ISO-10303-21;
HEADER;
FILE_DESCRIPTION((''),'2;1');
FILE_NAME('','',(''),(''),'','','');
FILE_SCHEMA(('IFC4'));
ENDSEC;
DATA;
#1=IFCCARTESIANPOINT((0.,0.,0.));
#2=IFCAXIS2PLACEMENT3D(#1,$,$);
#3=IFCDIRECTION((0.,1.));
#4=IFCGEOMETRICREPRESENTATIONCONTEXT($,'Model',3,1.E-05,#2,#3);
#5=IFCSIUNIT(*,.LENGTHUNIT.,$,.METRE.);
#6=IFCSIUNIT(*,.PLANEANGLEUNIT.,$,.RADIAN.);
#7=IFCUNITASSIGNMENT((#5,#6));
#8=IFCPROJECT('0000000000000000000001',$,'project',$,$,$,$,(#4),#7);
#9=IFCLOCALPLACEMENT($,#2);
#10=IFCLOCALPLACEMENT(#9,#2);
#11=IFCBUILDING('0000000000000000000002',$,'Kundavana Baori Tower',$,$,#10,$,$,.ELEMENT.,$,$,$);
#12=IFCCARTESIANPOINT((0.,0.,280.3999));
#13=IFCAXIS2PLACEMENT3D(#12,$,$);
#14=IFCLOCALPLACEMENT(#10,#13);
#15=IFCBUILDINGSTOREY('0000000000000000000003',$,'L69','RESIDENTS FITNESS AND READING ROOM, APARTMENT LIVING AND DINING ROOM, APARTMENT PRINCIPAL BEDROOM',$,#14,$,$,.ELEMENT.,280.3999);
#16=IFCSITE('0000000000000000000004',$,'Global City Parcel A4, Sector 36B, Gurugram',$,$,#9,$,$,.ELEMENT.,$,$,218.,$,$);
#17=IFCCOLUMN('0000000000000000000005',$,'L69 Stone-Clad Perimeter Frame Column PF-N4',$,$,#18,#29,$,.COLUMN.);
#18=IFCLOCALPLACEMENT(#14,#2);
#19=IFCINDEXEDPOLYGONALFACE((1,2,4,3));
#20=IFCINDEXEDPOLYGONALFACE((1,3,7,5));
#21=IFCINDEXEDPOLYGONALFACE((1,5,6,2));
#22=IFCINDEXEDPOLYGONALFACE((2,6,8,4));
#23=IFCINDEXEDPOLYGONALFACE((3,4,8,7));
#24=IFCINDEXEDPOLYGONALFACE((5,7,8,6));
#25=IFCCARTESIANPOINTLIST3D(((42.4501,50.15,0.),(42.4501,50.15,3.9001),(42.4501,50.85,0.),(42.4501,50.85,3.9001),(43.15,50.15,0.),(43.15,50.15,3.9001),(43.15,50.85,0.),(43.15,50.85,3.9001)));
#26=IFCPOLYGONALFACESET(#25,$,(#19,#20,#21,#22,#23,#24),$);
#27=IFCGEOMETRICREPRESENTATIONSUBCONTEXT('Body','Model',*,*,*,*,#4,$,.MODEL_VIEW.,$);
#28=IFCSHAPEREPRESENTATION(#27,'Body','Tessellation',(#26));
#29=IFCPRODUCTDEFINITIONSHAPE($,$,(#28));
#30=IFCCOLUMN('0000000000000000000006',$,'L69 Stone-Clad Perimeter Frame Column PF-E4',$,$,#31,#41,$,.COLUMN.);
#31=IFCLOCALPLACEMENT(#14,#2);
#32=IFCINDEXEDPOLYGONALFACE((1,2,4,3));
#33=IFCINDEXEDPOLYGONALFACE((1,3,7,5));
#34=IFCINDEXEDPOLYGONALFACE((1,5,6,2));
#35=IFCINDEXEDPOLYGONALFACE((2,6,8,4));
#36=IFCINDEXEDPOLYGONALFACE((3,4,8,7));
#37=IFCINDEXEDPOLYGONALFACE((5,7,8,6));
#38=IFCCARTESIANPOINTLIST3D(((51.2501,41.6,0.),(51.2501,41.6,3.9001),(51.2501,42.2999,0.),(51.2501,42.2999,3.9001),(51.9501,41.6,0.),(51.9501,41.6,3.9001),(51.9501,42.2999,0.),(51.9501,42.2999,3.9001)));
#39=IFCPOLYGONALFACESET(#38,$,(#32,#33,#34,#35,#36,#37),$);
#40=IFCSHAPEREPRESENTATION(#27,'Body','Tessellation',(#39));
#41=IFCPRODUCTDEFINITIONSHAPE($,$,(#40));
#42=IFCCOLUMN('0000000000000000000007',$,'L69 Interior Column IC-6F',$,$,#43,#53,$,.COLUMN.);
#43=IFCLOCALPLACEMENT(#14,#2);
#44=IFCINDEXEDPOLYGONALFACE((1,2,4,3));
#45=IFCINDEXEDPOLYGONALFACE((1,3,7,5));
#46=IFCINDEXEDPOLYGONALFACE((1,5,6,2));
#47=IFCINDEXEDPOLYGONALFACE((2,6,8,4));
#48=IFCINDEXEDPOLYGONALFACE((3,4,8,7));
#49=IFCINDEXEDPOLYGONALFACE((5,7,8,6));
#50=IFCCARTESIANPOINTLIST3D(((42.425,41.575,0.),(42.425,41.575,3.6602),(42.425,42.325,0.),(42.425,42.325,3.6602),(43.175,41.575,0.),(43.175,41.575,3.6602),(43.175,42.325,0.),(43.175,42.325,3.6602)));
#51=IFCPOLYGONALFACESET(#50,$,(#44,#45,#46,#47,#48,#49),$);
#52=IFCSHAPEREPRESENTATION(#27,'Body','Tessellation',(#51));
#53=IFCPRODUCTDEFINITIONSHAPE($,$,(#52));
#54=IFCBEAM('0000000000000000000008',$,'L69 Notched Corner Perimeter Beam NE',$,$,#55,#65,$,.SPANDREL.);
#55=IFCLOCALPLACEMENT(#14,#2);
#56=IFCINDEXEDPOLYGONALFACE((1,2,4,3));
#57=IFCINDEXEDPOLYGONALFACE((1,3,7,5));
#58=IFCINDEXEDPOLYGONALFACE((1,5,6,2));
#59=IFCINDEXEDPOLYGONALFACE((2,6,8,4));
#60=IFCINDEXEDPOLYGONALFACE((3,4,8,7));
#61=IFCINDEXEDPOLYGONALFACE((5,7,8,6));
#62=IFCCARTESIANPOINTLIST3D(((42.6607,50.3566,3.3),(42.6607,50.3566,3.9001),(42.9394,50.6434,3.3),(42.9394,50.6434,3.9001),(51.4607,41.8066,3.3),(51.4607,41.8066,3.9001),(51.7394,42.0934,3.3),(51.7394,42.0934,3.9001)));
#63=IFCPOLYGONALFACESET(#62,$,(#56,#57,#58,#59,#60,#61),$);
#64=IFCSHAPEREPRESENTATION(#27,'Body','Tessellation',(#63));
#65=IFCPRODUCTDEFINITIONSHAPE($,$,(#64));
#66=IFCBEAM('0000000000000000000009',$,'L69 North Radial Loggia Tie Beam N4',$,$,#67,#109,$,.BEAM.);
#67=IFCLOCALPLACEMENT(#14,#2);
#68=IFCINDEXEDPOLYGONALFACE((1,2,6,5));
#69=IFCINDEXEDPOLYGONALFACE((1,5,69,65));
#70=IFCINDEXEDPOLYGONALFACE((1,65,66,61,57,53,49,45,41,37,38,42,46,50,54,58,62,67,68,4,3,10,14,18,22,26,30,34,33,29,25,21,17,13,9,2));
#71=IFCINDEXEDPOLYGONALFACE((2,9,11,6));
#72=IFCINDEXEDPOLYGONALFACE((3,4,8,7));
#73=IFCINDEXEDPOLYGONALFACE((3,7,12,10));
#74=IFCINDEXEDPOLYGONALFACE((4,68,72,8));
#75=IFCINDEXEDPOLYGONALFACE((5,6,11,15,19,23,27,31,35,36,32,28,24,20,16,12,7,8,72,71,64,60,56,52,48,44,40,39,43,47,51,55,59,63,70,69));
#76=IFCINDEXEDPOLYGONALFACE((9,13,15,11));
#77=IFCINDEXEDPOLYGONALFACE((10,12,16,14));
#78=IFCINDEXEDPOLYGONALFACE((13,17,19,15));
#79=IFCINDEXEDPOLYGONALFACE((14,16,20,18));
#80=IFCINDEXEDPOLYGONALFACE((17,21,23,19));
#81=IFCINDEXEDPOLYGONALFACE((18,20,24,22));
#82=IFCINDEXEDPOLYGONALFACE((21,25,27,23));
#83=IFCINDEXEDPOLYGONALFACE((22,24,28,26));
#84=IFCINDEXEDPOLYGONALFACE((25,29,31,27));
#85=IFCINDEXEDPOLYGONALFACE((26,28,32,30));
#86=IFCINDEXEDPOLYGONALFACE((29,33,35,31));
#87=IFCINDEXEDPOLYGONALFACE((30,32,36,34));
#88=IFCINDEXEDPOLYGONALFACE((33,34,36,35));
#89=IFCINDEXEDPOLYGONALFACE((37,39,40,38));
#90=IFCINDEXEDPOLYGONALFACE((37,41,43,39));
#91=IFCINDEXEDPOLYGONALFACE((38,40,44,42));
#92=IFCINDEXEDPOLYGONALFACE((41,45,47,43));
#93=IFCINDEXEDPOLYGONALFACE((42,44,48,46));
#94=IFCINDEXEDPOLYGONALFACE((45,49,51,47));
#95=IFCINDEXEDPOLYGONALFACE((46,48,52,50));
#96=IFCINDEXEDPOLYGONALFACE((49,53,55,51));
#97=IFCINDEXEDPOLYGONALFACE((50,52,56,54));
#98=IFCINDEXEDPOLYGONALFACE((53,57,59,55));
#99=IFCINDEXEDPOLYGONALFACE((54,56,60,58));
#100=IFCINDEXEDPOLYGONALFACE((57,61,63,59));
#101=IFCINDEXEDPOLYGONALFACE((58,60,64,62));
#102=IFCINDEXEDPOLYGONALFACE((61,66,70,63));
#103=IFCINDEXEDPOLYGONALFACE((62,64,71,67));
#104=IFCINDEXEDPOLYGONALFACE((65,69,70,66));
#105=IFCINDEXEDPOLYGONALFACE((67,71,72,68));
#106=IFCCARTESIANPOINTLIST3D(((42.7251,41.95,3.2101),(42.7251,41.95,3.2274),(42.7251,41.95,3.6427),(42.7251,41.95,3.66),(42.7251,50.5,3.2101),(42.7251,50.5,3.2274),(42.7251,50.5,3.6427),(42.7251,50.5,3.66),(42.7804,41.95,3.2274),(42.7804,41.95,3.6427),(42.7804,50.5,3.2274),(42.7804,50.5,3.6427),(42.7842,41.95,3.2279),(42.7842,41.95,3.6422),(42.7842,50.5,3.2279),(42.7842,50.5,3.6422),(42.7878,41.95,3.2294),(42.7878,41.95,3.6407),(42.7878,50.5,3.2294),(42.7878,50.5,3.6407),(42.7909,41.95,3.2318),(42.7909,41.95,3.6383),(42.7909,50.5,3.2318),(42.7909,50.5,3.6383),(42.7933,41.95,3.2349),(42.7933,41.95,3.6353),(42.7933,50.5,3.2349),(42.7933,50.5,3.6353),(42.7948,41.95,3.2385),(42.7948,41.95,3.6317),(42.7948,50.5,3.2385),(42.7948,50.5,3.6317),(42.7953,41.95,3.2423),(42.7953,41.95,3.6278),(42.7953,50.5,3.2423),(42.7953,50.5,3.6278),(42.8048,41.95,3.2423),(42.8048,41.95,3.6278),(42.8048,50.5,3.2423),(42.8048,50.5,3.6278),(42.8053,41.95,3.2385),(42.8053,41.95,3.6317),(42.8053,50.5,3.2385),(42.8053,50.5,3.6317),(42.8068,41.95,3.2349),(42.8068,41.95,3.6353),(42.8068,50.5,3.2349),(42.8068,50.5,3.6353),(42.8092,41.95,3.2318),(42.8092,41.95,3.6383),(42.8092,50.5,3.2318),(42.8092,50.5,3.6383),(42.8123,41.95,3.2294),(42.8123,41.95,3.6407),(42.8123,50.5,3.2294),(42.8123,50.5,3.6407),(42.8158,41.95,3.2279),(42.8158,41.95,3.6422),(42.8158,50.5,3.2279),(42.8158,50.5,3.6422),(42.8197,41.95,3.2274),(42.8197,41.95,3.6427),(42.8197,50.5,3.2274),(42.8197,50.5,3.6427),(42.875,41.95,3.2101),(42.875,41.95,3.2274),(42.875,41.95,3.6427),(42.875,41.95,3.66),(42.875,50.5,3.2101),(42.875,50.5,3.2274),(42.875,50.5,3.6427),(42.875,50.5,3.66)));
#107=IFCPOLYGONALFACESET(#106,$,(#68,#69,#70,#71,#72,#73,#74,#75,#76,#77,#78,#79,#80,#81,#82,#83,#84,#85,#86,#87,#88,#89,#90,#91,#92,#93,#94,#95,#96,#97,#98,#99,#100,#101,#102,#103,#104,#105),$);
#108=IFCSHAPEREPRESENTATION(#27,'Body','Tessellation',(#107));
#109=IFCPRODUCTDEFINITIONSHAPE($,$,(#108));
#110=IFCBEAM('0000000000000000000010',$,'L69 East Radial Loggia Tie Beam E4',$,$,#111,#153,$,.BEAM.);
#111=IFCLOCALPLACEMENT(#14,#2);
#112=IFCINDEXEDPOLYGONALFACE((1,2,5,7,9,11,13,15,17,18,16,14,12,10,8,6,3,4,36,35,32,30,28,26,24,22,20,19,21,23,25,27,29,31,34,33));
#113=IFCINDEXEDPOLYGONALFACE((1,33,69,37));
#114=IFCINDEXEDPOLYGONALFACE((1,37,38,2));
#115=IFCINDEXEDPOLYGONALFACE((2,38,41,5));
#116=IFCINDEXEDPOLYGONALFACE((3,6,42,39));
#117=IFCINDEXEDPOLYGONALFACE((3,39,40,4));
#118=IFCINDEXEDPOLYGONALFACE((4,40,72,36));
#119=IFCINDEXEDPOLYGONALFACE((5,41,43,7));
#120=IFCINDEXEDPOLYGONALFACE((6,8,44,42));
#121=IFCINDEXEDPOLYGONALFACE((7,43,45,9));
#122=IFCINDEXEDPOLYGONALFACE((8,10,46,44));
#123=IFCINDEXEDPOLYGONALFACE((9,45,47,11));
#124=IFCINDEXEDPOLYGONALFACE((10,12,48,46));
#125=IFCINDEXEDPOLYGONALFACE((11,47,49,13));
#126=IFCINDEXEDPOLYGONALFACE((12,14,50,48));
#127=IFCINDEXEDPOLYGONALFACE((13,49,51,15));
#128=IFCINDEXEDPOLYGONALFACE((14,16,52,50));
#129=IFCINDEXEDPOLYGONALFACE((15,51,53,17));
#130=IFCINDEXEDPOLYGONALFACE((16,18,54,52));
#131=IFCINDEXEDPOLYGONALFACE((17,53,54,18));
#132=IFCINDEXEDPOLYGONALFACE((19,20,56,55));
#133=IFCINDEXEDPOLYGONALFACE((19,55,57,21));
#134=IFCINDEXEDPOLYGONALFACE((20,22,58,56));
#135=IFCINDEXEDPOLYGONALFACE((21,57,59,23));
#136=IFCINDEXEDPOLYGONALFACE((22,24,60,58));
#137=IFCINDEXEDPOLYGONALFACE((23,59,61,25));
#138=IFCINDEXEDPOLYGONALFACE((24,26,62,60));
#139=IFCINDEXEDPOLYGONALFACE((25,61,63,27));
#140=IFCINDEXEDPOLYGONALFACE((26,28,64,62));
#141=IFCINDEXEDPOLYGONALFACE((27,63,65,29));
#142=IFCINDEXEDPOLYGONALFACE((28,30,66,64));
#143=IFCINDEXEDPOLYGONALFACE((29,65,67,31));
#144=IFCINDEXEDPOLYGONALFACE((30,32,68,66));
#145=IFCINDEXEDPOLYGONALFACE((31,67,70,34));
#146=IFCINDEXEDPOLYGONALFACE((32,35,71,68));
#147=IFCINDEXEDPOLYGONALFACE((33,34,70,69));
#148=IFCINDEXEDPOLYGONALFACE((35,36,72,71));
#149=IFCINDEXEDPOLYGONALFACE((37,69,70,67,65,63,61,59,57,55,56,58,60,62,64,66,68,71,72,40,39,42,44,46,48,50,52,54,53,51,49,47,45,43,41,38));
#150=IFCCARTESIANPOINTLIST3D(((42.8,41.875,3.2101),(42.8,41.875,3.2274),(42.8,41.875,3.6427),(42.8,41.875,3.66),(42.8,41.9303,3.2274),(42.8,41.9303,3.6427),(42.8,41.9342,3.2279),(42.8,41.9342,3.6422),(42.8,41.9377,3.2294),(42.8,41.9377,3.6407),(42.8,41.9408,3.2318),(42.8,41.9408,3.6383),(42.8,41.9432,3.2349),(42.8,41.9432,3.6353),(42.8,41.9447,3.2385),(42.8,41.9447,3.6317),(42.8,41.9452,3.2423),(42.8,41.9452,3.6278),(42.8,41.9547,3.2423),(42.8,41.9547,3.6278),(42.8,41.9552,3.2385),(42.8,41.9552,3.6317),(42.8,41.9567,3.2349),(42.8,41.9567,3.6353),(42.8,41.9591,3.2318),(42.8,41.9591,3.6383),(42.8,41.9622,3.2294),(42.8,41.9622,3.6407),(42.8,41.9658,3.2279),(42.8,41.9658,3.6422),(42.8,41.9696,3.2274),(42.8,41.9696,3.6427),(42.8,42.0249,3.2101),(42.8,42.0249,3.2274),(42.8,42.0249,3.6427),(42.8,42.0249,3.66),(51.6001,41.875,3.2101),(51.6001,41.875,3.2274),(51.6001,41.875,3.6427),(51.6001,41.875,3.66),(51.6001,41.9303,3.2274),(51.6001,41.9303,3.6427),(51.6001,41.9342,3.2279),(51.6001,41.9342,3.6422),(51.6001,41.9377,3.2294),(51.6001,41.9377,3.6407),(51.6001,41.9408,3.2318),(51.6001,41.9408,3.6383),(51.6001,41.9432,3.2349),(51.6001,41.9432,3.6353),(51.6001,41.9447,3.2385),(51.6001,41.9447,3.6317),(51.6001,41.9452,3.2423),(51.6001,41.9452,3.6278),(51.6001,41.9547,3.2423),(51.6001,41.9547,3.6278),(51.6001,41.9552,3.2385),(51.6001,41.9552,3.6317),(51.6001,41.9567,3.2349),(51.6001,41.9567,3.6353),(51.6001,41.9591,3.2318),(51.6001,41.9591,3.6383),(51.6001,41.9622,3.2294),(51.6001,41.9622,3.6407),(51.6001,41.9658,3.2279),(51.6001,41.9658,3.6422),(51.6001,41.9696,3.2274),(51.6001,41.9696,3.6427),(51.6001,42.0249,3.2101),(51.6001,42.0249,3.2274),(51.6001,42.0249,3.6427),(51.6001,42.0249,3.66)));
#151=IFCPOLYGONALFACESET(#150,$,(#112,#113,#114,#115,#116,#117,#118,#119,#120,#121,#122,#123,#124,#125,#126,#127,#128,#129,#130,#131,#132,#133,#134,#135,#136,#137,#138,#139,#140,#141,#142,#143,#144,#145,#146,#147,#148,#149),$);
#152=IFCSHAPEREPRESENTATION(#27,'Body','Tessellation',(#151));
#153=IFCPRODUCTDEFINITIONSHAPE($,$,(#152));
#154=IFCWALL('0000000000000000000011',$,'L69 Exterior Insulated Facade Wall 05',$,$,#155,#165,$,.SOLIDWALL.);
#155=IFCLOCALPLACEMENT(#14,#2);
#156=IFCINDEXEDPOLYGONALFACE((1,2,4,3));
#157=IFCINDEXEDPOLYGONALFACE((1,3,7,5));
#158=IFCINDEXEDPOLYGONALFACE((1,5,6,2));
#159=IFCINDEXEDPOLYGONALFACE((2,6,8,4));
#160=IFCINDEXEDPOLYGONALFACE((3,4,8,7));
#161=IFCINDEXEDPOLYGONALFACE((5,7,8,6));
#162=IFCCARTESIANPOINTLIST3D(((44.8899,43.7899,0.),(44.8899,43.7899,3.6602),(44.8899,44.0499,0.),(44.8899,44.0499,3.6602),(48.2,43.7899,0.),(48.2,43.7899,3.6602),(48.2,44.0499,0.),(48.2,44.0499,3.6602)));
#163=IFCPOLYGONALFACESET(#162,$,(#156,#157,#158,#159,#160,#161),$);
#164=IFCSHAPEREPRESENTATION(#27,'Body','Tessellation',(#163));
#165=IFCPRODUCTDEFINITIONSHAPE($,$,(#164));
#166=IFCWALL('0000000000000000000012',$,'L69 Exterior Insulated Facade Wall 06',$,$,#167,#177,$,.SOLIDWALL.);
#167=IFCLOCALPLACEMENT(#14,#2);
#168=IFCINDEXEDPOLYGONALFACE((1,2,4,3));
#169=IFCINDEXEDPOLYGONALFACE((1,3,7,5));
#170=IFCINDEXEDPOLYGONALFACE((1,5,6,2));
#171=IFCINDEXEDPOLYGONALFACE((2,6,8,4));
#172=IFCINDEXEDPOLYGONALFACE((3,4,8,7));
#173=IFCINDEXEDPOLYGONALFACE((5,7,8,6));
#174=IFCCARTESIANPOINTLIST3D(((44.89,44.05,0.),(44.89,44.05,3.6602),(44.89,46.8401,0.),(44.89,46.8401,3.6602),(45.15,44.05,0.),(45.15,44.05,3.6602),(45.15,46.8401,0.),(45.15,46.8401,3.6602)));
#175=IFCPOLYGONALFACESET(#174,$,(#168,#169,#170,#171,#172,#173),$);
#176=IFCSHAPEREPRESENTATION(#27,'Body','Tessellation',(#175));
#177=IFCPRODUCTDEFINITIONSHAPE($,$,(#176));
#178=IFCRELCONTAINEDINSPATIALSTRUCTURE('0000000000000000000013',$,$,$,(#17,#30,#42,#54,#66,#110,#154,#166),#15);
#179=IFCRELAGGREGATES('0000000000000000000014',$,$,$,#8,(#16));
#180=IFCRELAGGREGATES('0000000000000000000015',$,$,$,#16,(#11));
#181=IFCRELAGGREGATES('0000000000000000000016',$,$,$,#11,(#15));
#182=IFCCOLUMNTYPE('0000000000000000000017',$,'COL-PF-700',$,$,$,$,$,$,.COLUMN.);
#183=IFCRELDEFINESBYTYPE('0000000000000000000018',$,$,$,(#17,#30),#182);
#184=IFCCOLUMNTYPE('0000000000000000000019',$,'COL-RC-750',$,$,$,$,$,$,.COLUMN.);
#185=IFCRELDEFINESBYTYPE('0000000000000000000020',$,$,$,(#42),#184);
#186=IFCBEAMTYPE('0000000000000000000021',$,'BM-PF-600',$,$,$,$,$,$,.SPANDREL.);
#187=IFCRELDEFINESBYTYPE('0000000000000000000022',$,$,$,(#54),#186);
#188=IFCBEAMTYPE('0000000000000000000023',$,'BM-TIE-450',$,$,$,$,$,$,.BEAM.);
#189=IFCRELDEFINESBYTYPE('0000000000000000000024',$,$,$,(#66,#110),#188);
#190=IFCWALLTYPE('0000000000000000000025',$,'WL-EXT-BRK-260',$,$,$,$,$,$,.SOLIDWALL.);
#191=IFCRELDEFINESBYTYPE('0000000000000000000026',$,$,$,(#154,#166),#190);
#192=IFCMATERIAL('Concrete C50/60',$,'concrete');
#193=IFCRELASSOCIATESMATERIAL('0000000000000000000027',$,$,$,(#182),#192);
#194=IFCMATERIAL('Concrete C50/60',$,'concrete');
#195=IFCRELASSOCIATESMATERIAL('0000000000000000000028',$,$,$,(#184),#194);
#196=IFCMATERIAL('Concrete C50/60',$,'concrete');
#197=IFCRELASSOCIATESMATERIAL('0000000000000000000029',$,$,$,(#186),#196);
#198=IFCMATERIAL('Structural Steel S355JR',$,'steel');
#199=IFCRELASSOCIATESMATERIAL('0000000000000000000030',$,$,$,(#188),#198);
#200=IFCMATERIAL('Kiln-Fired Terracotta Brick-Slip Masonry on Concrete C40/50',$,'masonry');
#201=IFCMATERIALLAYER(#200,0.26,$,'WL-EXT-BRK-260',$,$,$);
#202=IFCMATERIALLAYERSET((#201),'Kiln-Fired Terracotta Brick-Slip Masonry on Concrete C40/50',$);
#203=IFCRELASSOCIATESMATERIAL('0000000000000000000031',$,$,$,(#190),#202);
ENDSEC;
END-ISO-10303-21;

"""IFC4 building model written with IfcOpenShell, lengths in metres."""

from ifc_helpers import new_model, si_unit, direction, frame, frame_2d, origin, origin_2d, place, context, subcontext, project, spatial, rectangle, i_section, extrude, material, layer, layer_set, material_profile, profile_set, type_object, element, save


model = new_model("IFC4")

# Units and contexts
model_context = context("Model", 3, precision=1e-05, world=origin(), true_north=direction((0.0, 1.0)))
body_context = subcontext(model_context, "Body", "Model", "MODEL_VIEW")
ifc_project = project(units=[si_unit("LENGTHUNIT", "METRE"), si_unit("PLANEANGLEUNIT", "RADIAN")], contexts=[model_context])

# Site, building, storey
site_placement = place(None, origin())
site = spatial("IfcSite", under=ifc_project, at=site_placement, Name="Global City Parcel A4, Sector 36B, Gurugram", CompositionType="ELEMENT", RefElevation=218.0)
building_placement = place(site_placement, origin())
building = spatial("IfcBuilding", under=site, at=building_placement, Name="Kundavana Baori Tower", CompositionType="ELEMENT")
storey_placement = place(building_placement, frame((0.0, 0.0, 280.3999)))
storey = spatial("IfcBuildingStorey", under=building, at=storey_placement, Name="L69", Description="RESIDENTS FITNESS AND READING ROOM, APARTMENT LIVING AND DINING ROOM, APARTMENT PRINCIPAL BEDROOM", CompositionType="ELEMENT", Elevation=280.3999)

# Columns
ifc_material_1 = material(Name="Concrete C50/60", Category="concrete")
ifc_material_profile_1 = material_profile(ifc_material_1, rectangle(XDim=0.7, YDim=0.7, at=origin_2d()), Name="RC PF 700x700")
ifc_profile_set_1 = profile_set([ifc_material_profile_1], Name="Concrete C50/60")
column_type_1 = type_object("IfcColumnType", Name="COL-PF-700", PredefinedType="COLUMN", material=ifc_profile_set_1)
for number, where, z_axis, x_axis, name in (
    (1, (42.8, 50.5, 0.0), (0.0, 0.0, 1.0), (1.0, 0.0, 0.0), "L69 Stone-Clad Perimeter Frame Column PF-N4"),
    (2, (51.6001, 41.95, 0.0), (0.0, 0.0, 1.0), (1.0, 0.0, 0.0), "L69 Stone-Clad Perimeter Frame Column PF-E4"),
):
    element("IfcColumn", number, at=place(storey_placement, frame(where, z_axis=z_axis, x_axis=x_axis)), inside=storey, type_object=column_type_1, Name=name, PredefinedType="COLUMN", context=body_context, shape_type="SweptSolid", body=[
        extrude(rectangle(XDim=0.7, YDim=0.7, at=origin_2d()), origin(), (0.0, 0.0, 1.0), 3.9001),
    ])
ifc_material_2 = material(Name="Concrete C50/60", Category="concrete")
ifc_material_profile_2 = material_profile(ifc_material_2, rectangle(XDim=0.75, YDim=0.75, at=origin_2d()), Name="RC 750x750")
ifc_profile_set_2 = profile_set([ifc_material_profile_2], Name="Concrete C50/60")
column_type_2 = type_object("IfcColumnType", Name="COL-RC-750", PredefinedType="COLUMN", material=ifc_profile_set_2)
column_placement = place(storey_placement, frame((42.8, 41.95, 0.0), z_axis=(0.0, 0.0, 1.0), x_axis=(1.0, 0.0, 0.0)))
element("IfcColumn", 3, at=column_placement, inside=storey, type_object=column_type_2, Name="L69 Interior Column IC-6F", PredefinedType="COLUMN", context=body_context, shape_type="SweptSolid", body=[
    extrude(rectangle(XDim=0.75, YDim=0.75, at=origin_2d()), origin(), (0.0, 0.0, 1.0), 3.6602),
])

# Beams
ifc_material_3 = material(Name="Concrete C50/60", Category="concrete")
ifc_material_profile_3 = material_profile(ifc_material_3, rectangle(XDim=0.3999, YDim=0.6001, at=origin_2d()), Name="RC BM 400x600")
ifc_profile_set_3 = profile_set([ifc_material_profile_3], Name="Concrete C50/60")
beam_type_1 = type_object("IfcBeamType", Name="BM-PF-600", PredefinedType="SPANDREL", material=ifc_profile_set_3)
beam_1_placement = place(storey_placement, frame((42.8, 50.5, 3.6001), z_axis=(0.717221, -0.696846, 0.0), x_axis=(0.696846, 0.717221, 0.0)))
element("IfcBeam", 4, at=beam_1_placement, inside=storey, type_object=beam_type_1, Name="L69 Notched Corner Perimeter Beam NE", PredefinedType="SPANDREL", context=body_context, shape_type="SweptSolid", body=[
    extrude(rectangle(XDim=0.3999, YDim=0.6001, at=origin_2d()), origin(), (0.0, 0.0, 1.0), 12.2695),
])
ifc_material_4 = material(Name="Structural Steel S355JR", Category="steel")
ifc_material_profile_4 = material_profile(ifc_material_4, i_section(OverallWidth=0.1499, OverallDepth=0.45, WebThickness=0.0095, FlangeThickness=0.0173, FilletRadius=0.0149, at=origin_2d()), Name="ISMB 450")
ifc_profile_set_4 = profile_set([ifc_material_profile_4], Name="Structural Steel S355JR")
beam_type_2 = type_object("IfcBeamType", Name="BM-TIE-450", PredefinedType="BEAM", material=ifc_profile_set_4)
beam_2_placement = place(storey_placement, frame((42.8, 41.95, 3.4351), z_axis=(0.0, 1.0, 0.0), x_axis=(-1.0, 0.0, 0.0)))
element("IfcBeam", 5, at=beam_2_placement, inside=storey, type_object=beam_type_2, Name="L69 North Radial Loggia Tie Beam N4", PredefinedType="BEAM", context=body_context, shape_type="SweptSolid", body=[
    extrude(i_section(OverallWidth=0.1499, OverallDepth=0.45, WebThickness=0.0095, FlangeThickness=0.0173, FilletRadius=0.0149, at=origin_2d()), origin(), (0.0, 0.0, 1.0), 8.55),
])
beam_3_placement = place(storey_placement, frame((42.8, 41.95, 3.4351), z_axis=(1.0, 0.0, 0.0), x_axis=(0.0, 1.0, 0.0)))
element("IfcBeam", 6, at=beam_3_placement, inside=storey, type_object=beam_type_2, Name="L69 East Radial Loggia Tie Beam E4", PredefinedType="BEAM", context=body_context, shape_type="SweptSolid", body=[
    extrude(i_section(OverallWidth=0.1499, OverallDepth=0.45, WebThickness=0.0095, FlangeThickness=0.0173, FilletRadius=0.0149, at=origin_2d()), origin(), (0.0, 0.0, 1.0), 8.8),
])

# Walls
ifc_material_5 = material(Name="Kiln-Fired Terracotta Brick-Slip Masonry on Concrete C40/50", Category="masonry")
ifc_layer_1 = layer(ifc_material_5, 0.26, Name="WL-EXT-BRK-260")
ifc_layer_set_1 = layer_set([ifc_layer_1], Name="Kiln-Fired Terracotta Brick-Slip Masonry on Concrete C40/50")
wall_type_1 = type_object("IfcWallType", Name="WL-EXT-BRK-260", PredefinedType="SOLIDWALL", material=ifc_layer_set_1)
wall_1_placement = place(storey_placement, frame((48.2, 43.9199, 0.0), z_axis=(0.0, 0.0, 1.0), x_axis=(-1.0, 0.0, 0.0)))
element("IfcWall", 7, at=wall_1_placement, inside=storey, type_object=wall_type_1, Name="L69 Exterior Insulated Facade Wall 05", PredefinedType="SOLIDWALL", context=body_context, shape_type="SweptSolid", body=[
    extrude(rectangle(XDim=3.3101, YDim=0.26, at=frame_2d((1.655, 0.0))), origin(), (0.0, 0.0, 1.0), 3.6602),
])
wall_2_placement = place(storey_placement, frame((45.02, 44.05, 0.0), z_axis=(0.0, 0.0, 1.0), x_axis=(0.0, 1.0, 0.0)))
element("IfcWall", 8, at=wall_2_placement, inside=storey, type_object=wall_type_1, Name="L69 Exterior Insulated Facade Wall 06", PredefinedType="SOLIDWALL", context=body_context, shape_type="SweptSolid", body=[
    extrude(rectangle(XDim=2.79, YDim=0.26, at=frame_2d((1.395, 0.0))), origin(), (0.0, 0.0, 1.0), 3.6602),
])

save(model, "model.ifc")
